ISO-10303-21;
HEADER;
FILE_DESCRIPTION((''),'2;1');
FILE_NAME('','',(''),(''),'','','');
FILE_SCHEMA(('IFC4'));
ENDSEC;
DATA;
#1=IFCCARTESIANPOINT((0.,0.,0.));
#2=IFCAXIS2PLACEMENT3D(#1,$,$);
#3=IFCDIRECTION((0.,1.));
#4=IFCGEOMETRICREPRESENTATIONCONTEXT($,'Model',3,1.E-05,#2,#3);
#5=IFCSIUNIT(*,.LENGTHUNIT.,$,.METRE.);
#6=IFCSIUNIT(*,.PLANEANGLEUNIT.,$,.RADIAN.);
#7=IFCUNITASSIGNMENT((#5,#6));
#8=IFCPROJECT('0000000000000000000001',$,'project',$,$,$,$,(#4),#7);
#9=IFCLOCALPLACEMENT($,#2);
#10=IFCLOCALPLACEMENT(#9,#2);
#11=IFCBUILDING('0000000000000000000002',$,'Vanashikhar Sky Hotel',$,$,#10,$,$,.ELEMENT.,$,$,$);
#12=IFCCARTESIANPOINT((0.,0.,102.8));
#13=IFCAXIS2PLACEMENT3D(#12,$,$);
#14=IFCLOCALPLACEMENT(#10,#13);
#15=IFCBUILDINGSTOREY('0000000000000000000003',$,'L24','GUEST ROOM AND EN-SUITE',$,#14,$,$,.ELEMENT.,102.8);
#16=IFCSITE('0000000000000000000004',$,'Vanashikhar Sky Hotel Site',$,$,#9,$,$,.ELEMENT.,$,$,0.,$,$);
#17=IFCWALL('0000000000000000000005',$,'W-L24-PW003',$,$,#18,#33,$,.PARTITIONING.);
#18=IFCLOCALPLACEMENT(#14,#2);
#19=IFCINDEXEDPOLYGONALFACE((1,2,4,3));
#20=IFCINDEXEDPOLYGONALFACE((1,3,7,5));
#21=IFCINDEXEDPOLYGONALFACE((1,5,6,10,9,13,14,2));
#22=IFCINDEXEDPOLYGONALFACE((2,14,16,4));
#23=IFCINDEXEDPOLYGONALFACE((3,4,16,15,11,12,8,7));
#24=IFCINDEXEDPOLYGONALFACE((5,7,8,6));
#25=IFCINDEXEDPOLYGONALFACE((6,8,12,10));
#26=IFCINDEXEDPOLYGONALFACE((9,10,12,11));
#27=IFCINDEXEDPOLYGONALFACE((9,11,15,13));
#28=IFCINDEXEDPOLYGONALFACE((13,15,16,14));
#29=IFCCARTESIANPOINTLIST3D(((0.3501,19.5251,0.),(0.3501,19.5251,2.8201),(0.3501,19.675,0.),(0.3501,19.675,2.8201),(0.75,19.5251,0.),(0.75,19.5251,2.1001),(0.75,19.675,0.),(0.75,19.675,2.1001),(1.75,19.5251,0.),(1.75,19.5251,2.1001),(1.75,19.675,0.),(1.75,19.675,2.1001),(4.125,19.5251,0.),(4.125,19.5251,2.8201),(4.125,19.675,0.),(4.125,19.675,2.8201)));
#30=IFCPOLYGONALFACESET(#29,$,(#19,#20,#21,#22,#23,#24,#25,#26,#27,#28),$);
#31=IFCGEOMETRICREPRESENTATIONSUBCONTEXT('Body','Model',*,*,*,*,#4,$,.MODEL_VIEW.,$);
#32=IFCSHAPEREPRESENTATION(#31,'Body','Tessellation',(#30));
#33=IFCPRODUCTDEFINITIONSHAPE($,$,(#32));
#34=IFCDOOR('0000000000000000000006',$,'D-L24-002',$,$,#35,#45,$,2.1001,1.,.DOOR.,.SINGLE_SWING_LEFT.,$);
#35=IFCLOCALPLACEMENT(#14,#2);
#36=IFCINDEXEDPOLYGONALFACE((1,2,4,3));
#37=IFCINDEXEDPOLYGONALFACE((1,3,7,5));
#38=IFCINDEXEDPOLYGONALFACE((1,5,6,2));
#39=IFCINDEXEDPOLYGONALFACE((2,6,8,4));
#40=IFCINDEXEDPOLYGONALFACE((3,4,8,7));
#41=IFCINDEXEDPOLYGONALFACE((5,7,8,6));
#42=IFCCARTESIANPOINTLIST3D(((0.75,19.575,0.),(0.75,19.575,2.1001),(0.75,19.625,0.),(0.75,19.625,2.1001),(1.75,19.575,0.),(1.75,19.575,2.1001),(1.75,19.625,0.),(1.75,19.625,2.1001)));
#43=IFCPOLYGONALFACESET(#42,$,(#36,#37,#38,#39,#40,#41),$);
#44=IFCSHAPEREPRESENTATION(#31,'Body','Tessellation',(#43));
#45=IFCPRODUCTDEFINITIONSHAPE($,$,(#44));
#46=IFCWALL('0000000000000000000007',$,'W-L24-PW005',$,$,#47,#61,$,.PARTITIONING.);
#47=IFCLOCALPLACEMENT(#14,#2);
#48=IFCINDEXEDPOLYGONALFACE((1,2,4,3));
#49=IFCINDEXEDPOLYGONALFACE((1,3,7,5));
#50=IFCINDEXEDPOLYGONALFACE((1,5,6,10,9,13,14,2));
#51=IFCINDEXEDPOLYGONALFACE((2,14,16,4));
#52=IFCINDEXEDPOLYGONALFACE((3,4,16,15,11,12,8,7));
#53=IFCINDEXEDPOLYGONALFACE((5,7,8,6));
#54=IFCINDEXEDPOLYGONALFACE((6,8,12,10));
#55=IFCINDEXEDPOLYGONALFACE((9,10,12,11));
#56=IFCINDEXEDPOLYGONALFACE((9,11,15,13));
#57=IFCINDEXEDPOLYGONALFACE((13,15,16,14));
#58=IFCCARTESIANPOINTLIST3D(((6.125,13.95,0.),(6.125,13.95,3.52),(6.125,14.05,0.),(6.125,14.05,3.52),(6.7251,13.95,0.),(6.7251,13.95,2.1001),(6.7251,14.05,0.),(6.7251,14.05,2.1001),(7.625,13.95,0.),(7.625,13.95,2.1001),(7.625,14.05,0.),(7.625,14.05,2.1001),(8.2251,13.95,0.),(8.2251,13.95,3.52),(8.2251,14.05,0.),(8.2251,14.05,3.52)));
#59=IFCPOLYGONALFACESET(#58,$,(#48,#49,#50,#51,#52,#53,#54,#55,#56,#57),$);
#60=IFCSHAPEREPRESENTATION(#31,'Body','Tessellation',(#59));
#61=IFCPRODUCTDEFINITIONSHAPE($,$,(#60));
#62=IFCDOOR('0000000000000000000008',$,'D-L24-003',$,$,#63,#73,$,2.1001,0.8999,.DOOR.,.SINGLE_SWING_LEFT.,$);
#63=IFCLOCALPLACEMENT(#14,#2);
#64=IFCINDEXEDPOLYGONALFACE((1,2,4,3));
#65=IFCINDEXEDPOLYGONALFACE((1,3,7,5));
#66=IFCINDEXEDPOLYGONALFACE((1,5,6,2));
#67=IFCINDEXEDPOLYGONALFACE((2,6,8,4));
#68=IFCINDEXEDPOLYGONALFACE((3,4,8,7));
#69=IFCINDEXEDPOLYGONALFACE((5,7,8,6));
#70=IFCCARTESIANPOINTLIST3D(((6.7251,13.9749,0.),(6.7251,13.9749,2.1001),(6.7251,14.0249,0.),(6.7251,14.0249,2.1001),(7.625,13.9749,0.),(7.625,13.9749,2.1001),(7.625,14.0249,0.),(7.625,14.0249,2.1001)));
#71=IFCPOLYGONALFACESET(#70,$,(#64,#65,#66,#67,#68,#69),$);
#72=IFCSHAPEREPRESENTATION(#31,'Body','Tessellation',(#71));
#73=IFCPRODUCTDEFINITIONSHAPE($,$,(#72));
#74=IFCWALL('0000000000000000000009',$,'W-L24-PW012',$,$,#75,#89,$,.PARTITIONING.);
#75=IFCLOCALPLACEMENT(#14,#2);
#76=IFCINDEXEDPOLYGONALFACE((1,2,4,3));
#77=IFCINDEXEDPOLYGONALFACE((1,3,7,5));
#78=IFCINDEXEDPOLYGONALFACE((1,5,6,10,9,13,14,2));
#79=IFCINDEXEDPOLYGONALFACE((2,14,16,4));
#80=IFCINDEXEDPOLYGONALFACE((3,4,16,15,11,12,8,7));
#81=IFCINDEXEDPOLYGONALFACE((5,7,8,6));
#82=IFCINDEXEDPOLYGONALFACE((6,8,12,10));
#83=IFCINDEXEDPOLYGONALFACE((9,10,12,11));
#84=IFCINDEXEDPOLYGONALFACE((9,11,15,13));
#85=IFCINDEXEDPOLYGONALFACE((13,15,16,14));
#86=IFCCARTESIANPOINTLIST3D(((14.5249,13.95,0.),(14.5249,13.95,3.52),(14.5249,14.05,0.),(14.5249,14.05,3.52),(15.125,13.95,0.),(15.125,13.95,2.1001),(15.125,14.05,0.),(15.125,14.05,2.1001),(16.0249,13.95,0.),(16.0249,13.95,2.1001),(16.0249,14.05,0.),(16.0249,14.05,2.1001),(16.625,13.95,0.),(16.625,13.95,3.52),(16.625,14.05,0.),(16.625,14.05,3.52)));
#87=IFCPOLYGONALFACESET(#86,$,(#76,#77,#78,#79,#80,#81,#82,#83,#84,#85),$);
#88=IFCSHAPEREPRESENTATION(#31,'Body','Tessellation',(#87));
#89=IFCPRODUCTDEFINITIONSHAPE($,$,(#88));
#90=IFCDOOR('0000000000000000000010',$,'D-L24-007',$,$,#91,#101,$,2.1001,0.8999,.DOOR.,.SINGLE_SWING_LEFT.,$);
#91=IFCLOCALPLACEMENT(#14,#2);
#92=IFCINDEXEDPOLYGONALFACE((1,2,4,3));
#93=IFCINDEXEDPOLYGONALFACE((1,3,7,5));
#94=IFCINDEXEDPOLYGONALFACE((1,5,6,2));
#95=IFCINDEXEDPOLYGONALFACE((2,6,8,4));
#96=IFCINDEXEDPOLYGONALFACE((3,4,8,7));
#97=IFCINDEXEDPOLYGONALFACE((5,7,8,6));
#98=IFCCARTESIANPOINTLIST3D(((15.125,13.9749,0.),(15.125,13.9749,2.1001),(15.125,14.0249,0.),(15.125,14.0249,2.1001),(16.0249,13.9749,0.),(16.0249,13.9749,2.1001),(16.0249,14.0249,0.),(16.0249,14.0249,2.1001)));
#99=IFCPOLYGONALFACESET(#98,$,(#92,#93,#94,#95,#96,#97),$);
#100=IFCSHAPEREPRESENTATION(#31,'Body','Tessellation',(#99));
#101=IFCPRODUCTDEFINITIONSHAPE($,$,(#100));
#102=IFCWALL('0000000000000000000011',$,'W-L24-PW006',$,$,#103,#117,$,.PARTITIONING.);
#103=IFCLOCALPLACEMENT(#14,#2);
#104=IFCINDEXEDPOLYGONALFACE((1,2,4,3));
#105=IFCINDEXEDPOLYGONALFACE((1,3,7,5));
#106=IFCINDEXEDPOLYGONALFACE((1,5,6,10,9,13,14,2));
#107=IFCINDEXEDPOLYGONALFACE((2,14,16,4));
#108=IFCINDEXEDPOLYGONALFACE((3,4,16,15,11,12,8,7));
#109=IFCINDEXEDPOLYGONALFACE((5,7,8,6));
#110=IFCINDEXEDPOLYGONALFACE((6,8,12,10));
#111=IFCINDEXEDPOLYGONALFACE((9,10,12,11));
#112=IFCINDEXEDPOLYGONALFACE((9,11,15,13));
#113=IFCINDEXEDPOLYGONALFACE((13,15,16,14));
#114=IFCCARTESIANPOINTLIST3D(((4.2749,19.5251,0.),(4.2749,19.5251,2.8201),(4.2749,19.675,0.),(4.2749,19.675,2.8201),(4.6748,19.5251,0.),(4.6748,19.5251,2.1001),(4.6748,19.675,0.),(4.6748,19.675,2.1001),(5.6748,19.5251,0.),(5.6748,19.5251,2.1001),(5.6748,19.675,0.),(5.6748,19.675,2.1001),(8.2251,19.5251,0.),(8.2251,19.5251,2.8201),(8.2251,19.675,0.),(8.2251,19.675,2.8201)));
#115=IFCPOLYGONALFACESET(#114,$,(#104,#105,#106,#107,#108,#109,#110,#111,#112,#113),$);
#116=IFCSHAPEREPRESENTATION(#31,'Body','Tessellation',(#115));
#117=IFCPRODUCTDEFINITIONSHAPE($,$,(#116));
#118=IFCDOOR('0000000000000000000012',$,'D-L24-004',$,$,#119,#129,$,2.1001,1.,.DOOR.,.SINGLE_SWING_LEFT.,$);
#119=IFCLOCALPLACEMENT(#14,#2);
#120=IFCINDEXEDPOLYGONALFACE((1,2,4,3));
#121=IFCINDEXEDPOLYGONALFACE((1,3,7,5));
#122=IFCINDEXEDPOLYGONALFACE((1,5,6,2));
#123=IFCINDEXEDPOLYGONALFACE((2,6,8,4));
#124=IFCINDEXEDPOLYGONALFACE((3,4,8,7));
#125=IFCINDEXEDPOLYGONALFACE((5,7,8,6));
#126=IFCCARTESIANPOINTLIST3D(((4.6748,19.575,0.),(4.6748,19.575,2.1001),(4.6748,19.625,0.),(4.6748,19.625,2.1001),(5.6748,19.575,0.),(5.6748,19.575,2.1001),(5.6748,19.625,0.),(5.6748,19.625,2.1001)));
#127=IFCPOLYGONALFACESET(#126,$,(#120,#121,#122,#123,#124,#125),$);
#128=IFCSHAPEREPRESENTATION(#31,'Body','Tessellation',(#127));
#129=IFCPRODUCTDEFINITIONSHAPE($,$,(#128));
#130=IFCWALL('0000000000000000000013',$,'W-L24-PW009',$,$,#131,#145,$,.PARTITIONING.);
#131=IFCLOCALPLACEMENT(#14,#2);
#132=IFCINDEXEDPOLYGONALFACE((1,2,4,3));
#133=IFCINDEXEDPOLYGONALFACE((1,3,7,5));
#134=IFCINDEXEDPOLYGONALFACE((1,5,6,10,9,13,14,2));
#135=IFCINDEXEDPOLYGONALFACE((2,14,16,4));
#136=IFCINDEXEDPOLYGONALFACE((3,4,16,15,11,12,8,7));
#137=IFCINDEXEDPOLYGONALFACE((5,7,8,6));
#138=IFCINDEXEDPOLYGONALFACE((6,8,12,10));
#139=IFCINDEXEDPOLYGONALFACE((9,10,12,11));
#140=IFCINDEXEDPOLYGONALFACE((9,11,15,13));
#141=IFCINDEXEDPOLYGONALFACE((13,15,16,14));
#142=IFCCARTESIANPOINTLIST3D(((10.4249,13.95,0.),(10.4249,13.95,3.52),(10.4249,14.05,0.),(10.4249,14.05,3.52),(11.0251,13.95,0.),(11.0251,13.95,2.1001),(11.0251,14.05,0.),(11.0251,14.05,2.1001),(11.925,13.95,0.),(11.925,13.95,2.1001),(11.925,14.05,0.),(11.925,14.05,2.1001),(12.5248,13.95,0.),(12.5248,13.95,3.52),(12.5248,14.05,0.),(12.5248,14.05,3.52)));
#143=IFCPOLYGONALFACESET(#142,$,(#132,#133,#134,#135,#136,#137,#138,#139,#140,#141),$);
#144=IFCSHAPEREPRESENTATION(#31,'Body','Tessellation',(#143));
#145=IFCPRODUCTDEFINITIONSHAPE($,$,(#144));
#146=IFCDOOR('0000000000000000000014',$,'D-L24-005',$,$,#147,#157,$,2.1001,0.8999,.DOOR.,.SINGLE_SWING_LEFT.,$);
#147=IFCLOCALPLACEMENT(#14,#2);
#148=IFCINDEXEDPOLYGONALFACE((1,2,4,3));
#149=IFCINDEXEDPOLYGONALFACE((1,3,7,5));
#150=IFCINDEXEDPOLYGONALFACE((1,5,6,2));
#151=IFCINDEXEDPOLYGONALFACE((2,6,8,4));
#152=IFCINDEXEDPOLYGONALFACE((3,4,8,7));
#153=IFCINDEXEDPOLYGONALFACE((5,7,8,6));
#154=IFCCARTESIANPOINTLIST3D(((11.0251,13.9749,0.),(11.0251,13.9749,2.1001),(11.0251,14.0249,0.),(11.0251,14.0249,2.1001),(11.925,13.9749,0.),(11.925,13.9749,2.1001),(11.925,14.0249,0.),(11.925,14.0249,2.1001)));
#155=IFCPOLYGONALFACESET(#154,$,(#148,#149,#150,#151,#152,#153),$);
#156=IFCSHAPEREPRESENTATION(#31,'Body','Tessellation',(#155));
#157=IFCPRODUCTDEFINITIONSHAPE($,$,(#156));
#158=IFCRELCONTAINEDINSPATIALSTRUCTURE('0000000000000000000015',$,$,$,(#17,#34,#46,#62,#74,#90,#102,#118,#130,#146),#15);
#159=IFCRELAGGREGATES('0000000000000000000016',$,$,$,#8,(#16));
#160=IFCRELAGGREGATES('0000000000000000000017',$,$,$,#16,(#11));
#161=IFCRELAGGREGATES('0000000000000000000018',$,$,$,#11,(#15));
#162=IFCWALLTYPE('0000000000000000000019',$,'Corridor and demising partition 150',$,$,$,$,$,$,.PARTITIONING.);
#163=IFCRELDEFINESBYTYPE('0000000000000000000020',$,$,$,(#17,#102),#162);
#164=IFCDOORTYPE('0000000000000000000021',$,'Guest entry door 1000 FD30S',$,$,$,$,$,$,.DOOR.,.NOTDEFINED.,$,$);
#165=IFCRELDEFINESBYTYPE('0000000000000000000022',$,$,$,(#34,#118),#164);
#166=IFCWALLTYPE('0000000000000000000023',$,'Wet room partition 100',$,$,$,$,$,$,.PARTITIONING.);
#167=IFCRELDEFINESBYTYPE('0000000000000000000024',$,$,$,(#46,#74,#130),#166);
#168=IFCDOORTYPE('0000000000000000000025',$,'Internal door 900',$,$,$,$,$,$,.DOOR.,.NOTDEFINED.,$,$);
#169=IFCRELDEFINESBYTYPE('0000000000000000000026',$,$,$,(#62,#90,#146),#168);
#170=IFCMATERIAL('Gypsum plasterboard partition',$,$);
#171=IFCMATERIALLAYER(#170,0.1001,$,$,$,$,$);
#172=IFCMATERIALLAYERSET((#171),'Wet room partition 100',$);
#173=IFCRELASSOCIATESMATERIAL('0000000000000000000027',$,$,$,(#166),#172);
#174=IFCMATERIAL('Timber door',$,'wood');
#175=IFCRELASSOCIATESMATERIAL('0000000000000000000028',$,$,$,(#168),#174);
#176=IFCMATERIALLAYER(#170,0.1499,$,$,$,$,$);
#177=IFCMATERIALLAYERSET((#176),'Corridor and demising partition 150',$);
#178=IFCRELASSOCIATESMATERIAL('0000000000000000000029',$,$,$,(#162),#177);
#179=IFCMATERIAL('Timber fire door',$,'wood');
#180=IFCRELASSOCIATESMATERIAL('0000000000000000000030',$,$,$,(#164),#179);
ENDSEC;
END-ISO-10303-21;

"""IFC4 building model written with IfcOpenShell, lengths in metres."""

from ifc_helpers import new_model, si_unit, direction, frame, frame_2d, origin, place, context, subcontext, project, spatial, rectangle, extrude, source, transform, mapped, material, layer, layer_set, type_object, element, fill, save


model = new_model("IFC4")

# Units and contexts
model_context = context("Model", 3, precision=1e-05, world=origin(), true_north=direction((0.0, 1.0)))
body_context = subcontext(model_context, "Body", "Model", "MODEL_VIEW")
ifc_project = project(units=[si_unit("LENGTHUNIT", "METRE"), si_unit("PLANEANGLEUNIT", "RADIAN")], contexts=[model_context])

# Site, building, storey
site_placement = place(None, origin())
site = spatial("IfcSite", under=ifc_project, at=site_placement, Name="Vanashikhar Sky Hotel Site", CompositionType="ELEMENT", RefElevation=0.0)
building_placement = place(site_placement, origin())
building = spatial("IfcBuilding", under=site, at=building_placement, Name="Vanashikhar Sky Hotel", CompositionType="ELEMENT")
storey_placement = place(building_placement, frame((0.0, 0.0, 102.8)))
storey = spatial("IfcBuildingStorey", under=building, at=storey_placement, Name="L24", Description="GUEST ROOM AND EN-SUITE", CompositionType="ELEMENT", Elevation=102.8)

# Shared definitions
ifc_material_1 = material(Name="Gypsum plasterboard partition")
ifc_layer_1 = layer(ifc_material_1, 0.1001)
ifc_layer_set_1 = layer_set([ifc_layer_1], Name="Wet room partition 100")
wall_type_1 = type_object("IfcWallType", Name="Wet room partition 100", PredefinedType="PARTITIONING", material=ifc_layer_set_1)

# Walls, openings, doors
shared_shape_1 = source(origin(), body_context, "Body", "SweptSolid", [
    extrude(rectangle(XDim=0.8999, YDim=2.1001, at=frame_2d((0.45, 1.05))), frame((0.0, 0.0601, 0.0), z_axis=(0.0, -1.0, 0.0), x_axis=(1.0, 0.0, 0.0)), (0.0, 0.0, 1.0), 0.1201),
])
ifc_material_2 = material(Name="Timber door", Category="wood")
door_type_1 = type_object("IfcDoorType", Name="Internal door 900", OperationType="NOTDEFINED", PredefinedType="DOOR", material=ifc_material_2)
shared_shape_2 = source(origin(), body_context, "Body", "SweptSolid", [
    extrude(rectangle(XDim=0.8999, YDim=2.1001, at=frame_2d((0.45, 1.05))), frame((0.0, 0.0249, 0.0), z_axis=(0.0, -1.0, 0.0), x_axis=(1.0, 0.0, 0.0)), (0.0, 0.0, 1.0), 0.05),
])
ifc_layer_2 = layer(ifc_material_1, 0.1499)
ifc_layer_set_2 = layer_set([ifc_layer_2], Name="Corridor and demising partition 150")
wall_type_2 = type_object("IfcWallType", Name="Corridor and demising partition 150", PredefinedType="PARTITIONING", material=ifc_layer_set_2)
shared_shape_3 = source(origin(), body_context, "Body", "SweptSolid", [
    extrude(rectangle(XDim=3.7749, YDim=0.1499, at=frame_2d((1.8875, 0.0))), origin(), (0.0, 0.0, 1.0), 2.8201),
])
wall_1_placement = place(storey_placement, frame((0.3501, 19.6001, 0.0), z_axis=(0.0, 0.0, 1.0), x_axis=(1.0, 0.0, 0.0)))
wall_1 = element("IfcWall", 1, at=wall_1_placement, inside=storey, type_object=wall_type_2, Name="W-L24-PW003", PredefinedType="PARTITIONING", context=body_context, shape_type="MappedRepresentation", body=[
    mapped(shared_shape_3, transform((0.0, 0.0, 0.0), scale=1.0)),
])
shared_shape_4 = source(origin(), body_context, "Body", "SweptSolid", [
    extrude(rectangle(XDim=1.0, YDim=2.1001, at=frame_2d((0.5, 1.05))), frame((0.0, 0.085, 0.0), z_axis=(0.0, -1.0, 0.0), x_axis=(1.0, 0.0, 0.0)), (0.0, 0.0, 1.0), 0.1699),
])
opening_1_placement = place(wall_1_placement, frame((0.3999, 0.0, 0.0)))
opening_1 = element("IfcOpeningElement", 2, at=opening_1_placement, cuts=wall_1, PredefinedType="OPENING", context=body_context, shape_type="MappedRepresentation", body=[
    mapped(shared_shape_4, transform((0.0, 0.0, 0.0), scale=1.0)),
])
ifc_material_3 = material(Name="Timber fire door", Category="wood")
door_type_2 = type_object("IfcDoorType", Name="Guest entry door 1000 FD30S", OperationType="NOTDEFINED", PredefinedType="DOOR", material=ifc_material_3)
shared_shape_5 = source(origin(), body_context, "Body", "SweptSolid", [
    extrude(rectangle(XDim=1.0, YDim=2.1001, at=frame_2d((0.5, 1.05))), frame((0.0, 0.0249, 0.0), z_axis=(0.0, -1.0, 0.0), x_axis=(1.0, 0.0, 0.0)), (0.0, 0.0, 1.0), 0.05),
])
door_1_placement = place(opening_1_placement, origin())
door_1 = element("IfcDoor", 3, at=door_1_placement, inside=storey, type_object=door_type_2, Name="D-L24-002", OperationType="SINGLE_SWING_LEFT", OverallHeight=2.1001, OverallWidth=1.0, PredefinedType="DOOR", context=body_context, shape_type="MappedRepresentation", body=[
    mapped(shared_shape_5, transform((0.0, 0.0, 0.0), scale=1.0)),
])
fill(opening_1, door_1)
shared_shape_6 = source(origin(), body_context, "Body", "SweptSolid", [
    extrude(rectangle(XDim=2.1001, YDim=0.1001, at=frame_2d((1.05, 0.0))), origin(), (0.0, 0.0, 1.0), 3.52),
])
wall_2_placement = place(storey_placement, frame((6.125, 14.0, 0.0), z_axis=(0.0, 0.0, 1.0), x_axis=(1.0, 0.0, 0.0)))
wall_2 = element("IfcWall", 4, at=wall_2_placement, inside=storey, type_object=wall_type_1, Name="W-L24-PW005", PredefinedType="PARTITIONING", context=body_context, shape_type="MappedRepresentation", body=[
    mapped(shared_shape_6, transform((0.0, 0.0, 0.0), scale=1.0)),
])
opening_2_placement = place(wall_2_placement, frame((0.6001, 0.0, 0.0)))
opening_2 = element("IfcOpeningElement", 5, at=opening_2_placement, cuts=wall_2, PredefinedType="OPENING", context=body_context, shape_type="MappedRepresentation", body=[
    mapped(shared_shape_1, transform((0.0, 0.0, 0.0), scale=1.0)),
])
door_2_placement = place(opening_2_placement, origin())
door_2 = element("IfcDoor", 6, at=door_2_placement, inside=storey, type_object=door_type_1, Name="D-L24-003", OperationType="SINGLE_SWING_LEFT", OverallHeight=2.1001, OverallWidth=0.8999, PredefinedType="DOOR", context=body_context, shape_type="MappedRepresentation", body=[
    mapped(shared_shape_2, transform((0.0, 0.0, 0.0), scale=1.0)),
])
fill(opening_2, door_2)
wall_3_placement = place(storey_placement, frame((14.5249, 14.0, 0.0), z_axis=(0.0, 0.0, 1.0), x_axis=(1.0, 0.0, 0.0)))
wall_3 = element("IfcWall", 7, at=wall_3_placement, inside=storey, type_object=wall_type_1, Name="W-L24-PW012", PredefinedType="PARTITIONING", context=body_context, shape_type="MappedRepresentation", body=[
    mapped(shared_shape_6, transform((0.0, 0.0, 0.0), scale=1.0)),
])
opening_3_placement = place(wall_3_placement, frame((0.6001, 0.0, 0.0)))
opening_3 = element("IfcOpeningElement", 8, at=opening_3_placement, cuts=wall_3, PredefinedType="OPENING", context=body_context, shape_type="MappedRepresentation", body=[
    mapped(shared_shape_1, transform((0.0, 0.0, 0.0), scale=1.0)),
])
door_3_placement = place(opening_3_placement, origin())
door_3 = element("IfcDoor", 9, at=door_3_placement, inside=storey, type_object=door_type_1, Name="D-L24-007", OperationType="SINGLE_SWING_LEFT", OverallHeight=2.1001, OverallWidth=0.8999, PredefinedType="DOOR", context=body_context, shape_type="MappedRepresentation", body=[
    mapped(shared_shape_2, transform((0.0, 0.0, 0.0), scale=1.0)),
])
fill(opening_3, door_3)
shared_shape_7 = source(origin(), body_context, "Body", "SweptSolid", [
    extrude(rectangle(XDim=3.9502, YDim=0.1499, at=frame_2d((1.9751, 0.0))), origin(), (0.0, 0.0, 1.0), 2.8201),
])
wall_4_placement = place(storey_placement, frame((4.2749, 19.6001, 0.0), z_axis=(0.0, 0.0, 1.0), x_axis=(1.0, 0.0, 0.0)))
wall_4 = element("IfcWall", 10, at=wall_4_placement, inside=storey, type_object=wall_type_2, Name="W-L24-PW006", PredefinedType="PARTITIONING", context=body_context, shape_type="MappedRepresentation", body=[
    mapped(shared_shape_7, transform((0.0, 0.0, 0.0), scale=1.0)),
])
opening_4_placement = place(wall_4_placement, frame((0.3999, 0.0, 0.0)))
opening_4 = element("IfcOpeningElement", 11, at=opening_4_placement, cuts=wall_4, PredefinedType="OPENING", context=body_context, shape_type="MappedRepresentation", body=[
    mapped(shared_shape_4, transform((0.0, 0.0, 0.0), scale=1.0)),
])
door_4_placement = place(opening_4_placement, origin())
door_4 = element("IfcDoor", 12, at=door_4_placement, inside=storey, type_object=door_type_2, Name="D-L24-004", OperationType="SINGLE_SWING_LEFT", OverallHeight=2.1001, OverallWidth=1.0, PredefinedType="DOOR", context=body_context, shape_type="MappedRepresentation", body=[
    mapped(shared_shape_5, transform((0.0, 0.0, 0.0), scale=1.0)),
])
fill(opening_4, door_4)
shared_shape_8 = source(origin(), body_context, "Body", "SweptSolid", [
    extrude(rectangle(XDim=2.0999, YDim=0.1001, at=frame_2d((1.0498, 0.0))), origin(), (0.0, 0.0, 1.0), 3.52),
])
wall_5_placement = place(storey_placement, frame((10.425, 14.0, 0.0), z_axis=(0.0, 0.0, 1.0), x_axis=(1.0, 0.0, 0.0)))
wall_5 = element("IfcWall", 13, at=wall_5_placement, inside=storey, type_object=wall_type_1, Name="W-L24-PW009", PredefinedType="PARTITIONING", context=body_context, shape_type="MappedRepresentation", body=[
    mapped(shared_shape_8, transform((0.0, 0.0, 0.0), scale=1.0)),
])
opening_5_placement = place(wall_5_placement, frame((0.6001, 0.0, 0.0)))
opening_5 = element("IfcOpeningElement", 14, at=opening_5_placement, cuts=wall_5, PredefinedType="OPENING", context=body_context, shape_type="MappedRepresentation", body=[
    mapped(shared_shape_1, transform((0.0, 0.0, 0.0), scale=1.0)),
])
door_5_placement = place(opening_5_placement, origin())
door_5 = element("IfcDoor", 15, at=door_5_placement, inside=storey, type_object=door_type_1, Name="D-L24-005", OperationType="SINGLE_SWING_LEFT", OverallHeight=2.1001, OverallWidth=0.8999, PredefinedType="DOOR", context=body_context, shape_type="MappedRepresentation", body=[
    mapped(shared_shape_2, transform((0.0, 0.0, 0.0), scale=1.0)),
])
fill(opening_5, door_5)

save(model, "model.ifc")
